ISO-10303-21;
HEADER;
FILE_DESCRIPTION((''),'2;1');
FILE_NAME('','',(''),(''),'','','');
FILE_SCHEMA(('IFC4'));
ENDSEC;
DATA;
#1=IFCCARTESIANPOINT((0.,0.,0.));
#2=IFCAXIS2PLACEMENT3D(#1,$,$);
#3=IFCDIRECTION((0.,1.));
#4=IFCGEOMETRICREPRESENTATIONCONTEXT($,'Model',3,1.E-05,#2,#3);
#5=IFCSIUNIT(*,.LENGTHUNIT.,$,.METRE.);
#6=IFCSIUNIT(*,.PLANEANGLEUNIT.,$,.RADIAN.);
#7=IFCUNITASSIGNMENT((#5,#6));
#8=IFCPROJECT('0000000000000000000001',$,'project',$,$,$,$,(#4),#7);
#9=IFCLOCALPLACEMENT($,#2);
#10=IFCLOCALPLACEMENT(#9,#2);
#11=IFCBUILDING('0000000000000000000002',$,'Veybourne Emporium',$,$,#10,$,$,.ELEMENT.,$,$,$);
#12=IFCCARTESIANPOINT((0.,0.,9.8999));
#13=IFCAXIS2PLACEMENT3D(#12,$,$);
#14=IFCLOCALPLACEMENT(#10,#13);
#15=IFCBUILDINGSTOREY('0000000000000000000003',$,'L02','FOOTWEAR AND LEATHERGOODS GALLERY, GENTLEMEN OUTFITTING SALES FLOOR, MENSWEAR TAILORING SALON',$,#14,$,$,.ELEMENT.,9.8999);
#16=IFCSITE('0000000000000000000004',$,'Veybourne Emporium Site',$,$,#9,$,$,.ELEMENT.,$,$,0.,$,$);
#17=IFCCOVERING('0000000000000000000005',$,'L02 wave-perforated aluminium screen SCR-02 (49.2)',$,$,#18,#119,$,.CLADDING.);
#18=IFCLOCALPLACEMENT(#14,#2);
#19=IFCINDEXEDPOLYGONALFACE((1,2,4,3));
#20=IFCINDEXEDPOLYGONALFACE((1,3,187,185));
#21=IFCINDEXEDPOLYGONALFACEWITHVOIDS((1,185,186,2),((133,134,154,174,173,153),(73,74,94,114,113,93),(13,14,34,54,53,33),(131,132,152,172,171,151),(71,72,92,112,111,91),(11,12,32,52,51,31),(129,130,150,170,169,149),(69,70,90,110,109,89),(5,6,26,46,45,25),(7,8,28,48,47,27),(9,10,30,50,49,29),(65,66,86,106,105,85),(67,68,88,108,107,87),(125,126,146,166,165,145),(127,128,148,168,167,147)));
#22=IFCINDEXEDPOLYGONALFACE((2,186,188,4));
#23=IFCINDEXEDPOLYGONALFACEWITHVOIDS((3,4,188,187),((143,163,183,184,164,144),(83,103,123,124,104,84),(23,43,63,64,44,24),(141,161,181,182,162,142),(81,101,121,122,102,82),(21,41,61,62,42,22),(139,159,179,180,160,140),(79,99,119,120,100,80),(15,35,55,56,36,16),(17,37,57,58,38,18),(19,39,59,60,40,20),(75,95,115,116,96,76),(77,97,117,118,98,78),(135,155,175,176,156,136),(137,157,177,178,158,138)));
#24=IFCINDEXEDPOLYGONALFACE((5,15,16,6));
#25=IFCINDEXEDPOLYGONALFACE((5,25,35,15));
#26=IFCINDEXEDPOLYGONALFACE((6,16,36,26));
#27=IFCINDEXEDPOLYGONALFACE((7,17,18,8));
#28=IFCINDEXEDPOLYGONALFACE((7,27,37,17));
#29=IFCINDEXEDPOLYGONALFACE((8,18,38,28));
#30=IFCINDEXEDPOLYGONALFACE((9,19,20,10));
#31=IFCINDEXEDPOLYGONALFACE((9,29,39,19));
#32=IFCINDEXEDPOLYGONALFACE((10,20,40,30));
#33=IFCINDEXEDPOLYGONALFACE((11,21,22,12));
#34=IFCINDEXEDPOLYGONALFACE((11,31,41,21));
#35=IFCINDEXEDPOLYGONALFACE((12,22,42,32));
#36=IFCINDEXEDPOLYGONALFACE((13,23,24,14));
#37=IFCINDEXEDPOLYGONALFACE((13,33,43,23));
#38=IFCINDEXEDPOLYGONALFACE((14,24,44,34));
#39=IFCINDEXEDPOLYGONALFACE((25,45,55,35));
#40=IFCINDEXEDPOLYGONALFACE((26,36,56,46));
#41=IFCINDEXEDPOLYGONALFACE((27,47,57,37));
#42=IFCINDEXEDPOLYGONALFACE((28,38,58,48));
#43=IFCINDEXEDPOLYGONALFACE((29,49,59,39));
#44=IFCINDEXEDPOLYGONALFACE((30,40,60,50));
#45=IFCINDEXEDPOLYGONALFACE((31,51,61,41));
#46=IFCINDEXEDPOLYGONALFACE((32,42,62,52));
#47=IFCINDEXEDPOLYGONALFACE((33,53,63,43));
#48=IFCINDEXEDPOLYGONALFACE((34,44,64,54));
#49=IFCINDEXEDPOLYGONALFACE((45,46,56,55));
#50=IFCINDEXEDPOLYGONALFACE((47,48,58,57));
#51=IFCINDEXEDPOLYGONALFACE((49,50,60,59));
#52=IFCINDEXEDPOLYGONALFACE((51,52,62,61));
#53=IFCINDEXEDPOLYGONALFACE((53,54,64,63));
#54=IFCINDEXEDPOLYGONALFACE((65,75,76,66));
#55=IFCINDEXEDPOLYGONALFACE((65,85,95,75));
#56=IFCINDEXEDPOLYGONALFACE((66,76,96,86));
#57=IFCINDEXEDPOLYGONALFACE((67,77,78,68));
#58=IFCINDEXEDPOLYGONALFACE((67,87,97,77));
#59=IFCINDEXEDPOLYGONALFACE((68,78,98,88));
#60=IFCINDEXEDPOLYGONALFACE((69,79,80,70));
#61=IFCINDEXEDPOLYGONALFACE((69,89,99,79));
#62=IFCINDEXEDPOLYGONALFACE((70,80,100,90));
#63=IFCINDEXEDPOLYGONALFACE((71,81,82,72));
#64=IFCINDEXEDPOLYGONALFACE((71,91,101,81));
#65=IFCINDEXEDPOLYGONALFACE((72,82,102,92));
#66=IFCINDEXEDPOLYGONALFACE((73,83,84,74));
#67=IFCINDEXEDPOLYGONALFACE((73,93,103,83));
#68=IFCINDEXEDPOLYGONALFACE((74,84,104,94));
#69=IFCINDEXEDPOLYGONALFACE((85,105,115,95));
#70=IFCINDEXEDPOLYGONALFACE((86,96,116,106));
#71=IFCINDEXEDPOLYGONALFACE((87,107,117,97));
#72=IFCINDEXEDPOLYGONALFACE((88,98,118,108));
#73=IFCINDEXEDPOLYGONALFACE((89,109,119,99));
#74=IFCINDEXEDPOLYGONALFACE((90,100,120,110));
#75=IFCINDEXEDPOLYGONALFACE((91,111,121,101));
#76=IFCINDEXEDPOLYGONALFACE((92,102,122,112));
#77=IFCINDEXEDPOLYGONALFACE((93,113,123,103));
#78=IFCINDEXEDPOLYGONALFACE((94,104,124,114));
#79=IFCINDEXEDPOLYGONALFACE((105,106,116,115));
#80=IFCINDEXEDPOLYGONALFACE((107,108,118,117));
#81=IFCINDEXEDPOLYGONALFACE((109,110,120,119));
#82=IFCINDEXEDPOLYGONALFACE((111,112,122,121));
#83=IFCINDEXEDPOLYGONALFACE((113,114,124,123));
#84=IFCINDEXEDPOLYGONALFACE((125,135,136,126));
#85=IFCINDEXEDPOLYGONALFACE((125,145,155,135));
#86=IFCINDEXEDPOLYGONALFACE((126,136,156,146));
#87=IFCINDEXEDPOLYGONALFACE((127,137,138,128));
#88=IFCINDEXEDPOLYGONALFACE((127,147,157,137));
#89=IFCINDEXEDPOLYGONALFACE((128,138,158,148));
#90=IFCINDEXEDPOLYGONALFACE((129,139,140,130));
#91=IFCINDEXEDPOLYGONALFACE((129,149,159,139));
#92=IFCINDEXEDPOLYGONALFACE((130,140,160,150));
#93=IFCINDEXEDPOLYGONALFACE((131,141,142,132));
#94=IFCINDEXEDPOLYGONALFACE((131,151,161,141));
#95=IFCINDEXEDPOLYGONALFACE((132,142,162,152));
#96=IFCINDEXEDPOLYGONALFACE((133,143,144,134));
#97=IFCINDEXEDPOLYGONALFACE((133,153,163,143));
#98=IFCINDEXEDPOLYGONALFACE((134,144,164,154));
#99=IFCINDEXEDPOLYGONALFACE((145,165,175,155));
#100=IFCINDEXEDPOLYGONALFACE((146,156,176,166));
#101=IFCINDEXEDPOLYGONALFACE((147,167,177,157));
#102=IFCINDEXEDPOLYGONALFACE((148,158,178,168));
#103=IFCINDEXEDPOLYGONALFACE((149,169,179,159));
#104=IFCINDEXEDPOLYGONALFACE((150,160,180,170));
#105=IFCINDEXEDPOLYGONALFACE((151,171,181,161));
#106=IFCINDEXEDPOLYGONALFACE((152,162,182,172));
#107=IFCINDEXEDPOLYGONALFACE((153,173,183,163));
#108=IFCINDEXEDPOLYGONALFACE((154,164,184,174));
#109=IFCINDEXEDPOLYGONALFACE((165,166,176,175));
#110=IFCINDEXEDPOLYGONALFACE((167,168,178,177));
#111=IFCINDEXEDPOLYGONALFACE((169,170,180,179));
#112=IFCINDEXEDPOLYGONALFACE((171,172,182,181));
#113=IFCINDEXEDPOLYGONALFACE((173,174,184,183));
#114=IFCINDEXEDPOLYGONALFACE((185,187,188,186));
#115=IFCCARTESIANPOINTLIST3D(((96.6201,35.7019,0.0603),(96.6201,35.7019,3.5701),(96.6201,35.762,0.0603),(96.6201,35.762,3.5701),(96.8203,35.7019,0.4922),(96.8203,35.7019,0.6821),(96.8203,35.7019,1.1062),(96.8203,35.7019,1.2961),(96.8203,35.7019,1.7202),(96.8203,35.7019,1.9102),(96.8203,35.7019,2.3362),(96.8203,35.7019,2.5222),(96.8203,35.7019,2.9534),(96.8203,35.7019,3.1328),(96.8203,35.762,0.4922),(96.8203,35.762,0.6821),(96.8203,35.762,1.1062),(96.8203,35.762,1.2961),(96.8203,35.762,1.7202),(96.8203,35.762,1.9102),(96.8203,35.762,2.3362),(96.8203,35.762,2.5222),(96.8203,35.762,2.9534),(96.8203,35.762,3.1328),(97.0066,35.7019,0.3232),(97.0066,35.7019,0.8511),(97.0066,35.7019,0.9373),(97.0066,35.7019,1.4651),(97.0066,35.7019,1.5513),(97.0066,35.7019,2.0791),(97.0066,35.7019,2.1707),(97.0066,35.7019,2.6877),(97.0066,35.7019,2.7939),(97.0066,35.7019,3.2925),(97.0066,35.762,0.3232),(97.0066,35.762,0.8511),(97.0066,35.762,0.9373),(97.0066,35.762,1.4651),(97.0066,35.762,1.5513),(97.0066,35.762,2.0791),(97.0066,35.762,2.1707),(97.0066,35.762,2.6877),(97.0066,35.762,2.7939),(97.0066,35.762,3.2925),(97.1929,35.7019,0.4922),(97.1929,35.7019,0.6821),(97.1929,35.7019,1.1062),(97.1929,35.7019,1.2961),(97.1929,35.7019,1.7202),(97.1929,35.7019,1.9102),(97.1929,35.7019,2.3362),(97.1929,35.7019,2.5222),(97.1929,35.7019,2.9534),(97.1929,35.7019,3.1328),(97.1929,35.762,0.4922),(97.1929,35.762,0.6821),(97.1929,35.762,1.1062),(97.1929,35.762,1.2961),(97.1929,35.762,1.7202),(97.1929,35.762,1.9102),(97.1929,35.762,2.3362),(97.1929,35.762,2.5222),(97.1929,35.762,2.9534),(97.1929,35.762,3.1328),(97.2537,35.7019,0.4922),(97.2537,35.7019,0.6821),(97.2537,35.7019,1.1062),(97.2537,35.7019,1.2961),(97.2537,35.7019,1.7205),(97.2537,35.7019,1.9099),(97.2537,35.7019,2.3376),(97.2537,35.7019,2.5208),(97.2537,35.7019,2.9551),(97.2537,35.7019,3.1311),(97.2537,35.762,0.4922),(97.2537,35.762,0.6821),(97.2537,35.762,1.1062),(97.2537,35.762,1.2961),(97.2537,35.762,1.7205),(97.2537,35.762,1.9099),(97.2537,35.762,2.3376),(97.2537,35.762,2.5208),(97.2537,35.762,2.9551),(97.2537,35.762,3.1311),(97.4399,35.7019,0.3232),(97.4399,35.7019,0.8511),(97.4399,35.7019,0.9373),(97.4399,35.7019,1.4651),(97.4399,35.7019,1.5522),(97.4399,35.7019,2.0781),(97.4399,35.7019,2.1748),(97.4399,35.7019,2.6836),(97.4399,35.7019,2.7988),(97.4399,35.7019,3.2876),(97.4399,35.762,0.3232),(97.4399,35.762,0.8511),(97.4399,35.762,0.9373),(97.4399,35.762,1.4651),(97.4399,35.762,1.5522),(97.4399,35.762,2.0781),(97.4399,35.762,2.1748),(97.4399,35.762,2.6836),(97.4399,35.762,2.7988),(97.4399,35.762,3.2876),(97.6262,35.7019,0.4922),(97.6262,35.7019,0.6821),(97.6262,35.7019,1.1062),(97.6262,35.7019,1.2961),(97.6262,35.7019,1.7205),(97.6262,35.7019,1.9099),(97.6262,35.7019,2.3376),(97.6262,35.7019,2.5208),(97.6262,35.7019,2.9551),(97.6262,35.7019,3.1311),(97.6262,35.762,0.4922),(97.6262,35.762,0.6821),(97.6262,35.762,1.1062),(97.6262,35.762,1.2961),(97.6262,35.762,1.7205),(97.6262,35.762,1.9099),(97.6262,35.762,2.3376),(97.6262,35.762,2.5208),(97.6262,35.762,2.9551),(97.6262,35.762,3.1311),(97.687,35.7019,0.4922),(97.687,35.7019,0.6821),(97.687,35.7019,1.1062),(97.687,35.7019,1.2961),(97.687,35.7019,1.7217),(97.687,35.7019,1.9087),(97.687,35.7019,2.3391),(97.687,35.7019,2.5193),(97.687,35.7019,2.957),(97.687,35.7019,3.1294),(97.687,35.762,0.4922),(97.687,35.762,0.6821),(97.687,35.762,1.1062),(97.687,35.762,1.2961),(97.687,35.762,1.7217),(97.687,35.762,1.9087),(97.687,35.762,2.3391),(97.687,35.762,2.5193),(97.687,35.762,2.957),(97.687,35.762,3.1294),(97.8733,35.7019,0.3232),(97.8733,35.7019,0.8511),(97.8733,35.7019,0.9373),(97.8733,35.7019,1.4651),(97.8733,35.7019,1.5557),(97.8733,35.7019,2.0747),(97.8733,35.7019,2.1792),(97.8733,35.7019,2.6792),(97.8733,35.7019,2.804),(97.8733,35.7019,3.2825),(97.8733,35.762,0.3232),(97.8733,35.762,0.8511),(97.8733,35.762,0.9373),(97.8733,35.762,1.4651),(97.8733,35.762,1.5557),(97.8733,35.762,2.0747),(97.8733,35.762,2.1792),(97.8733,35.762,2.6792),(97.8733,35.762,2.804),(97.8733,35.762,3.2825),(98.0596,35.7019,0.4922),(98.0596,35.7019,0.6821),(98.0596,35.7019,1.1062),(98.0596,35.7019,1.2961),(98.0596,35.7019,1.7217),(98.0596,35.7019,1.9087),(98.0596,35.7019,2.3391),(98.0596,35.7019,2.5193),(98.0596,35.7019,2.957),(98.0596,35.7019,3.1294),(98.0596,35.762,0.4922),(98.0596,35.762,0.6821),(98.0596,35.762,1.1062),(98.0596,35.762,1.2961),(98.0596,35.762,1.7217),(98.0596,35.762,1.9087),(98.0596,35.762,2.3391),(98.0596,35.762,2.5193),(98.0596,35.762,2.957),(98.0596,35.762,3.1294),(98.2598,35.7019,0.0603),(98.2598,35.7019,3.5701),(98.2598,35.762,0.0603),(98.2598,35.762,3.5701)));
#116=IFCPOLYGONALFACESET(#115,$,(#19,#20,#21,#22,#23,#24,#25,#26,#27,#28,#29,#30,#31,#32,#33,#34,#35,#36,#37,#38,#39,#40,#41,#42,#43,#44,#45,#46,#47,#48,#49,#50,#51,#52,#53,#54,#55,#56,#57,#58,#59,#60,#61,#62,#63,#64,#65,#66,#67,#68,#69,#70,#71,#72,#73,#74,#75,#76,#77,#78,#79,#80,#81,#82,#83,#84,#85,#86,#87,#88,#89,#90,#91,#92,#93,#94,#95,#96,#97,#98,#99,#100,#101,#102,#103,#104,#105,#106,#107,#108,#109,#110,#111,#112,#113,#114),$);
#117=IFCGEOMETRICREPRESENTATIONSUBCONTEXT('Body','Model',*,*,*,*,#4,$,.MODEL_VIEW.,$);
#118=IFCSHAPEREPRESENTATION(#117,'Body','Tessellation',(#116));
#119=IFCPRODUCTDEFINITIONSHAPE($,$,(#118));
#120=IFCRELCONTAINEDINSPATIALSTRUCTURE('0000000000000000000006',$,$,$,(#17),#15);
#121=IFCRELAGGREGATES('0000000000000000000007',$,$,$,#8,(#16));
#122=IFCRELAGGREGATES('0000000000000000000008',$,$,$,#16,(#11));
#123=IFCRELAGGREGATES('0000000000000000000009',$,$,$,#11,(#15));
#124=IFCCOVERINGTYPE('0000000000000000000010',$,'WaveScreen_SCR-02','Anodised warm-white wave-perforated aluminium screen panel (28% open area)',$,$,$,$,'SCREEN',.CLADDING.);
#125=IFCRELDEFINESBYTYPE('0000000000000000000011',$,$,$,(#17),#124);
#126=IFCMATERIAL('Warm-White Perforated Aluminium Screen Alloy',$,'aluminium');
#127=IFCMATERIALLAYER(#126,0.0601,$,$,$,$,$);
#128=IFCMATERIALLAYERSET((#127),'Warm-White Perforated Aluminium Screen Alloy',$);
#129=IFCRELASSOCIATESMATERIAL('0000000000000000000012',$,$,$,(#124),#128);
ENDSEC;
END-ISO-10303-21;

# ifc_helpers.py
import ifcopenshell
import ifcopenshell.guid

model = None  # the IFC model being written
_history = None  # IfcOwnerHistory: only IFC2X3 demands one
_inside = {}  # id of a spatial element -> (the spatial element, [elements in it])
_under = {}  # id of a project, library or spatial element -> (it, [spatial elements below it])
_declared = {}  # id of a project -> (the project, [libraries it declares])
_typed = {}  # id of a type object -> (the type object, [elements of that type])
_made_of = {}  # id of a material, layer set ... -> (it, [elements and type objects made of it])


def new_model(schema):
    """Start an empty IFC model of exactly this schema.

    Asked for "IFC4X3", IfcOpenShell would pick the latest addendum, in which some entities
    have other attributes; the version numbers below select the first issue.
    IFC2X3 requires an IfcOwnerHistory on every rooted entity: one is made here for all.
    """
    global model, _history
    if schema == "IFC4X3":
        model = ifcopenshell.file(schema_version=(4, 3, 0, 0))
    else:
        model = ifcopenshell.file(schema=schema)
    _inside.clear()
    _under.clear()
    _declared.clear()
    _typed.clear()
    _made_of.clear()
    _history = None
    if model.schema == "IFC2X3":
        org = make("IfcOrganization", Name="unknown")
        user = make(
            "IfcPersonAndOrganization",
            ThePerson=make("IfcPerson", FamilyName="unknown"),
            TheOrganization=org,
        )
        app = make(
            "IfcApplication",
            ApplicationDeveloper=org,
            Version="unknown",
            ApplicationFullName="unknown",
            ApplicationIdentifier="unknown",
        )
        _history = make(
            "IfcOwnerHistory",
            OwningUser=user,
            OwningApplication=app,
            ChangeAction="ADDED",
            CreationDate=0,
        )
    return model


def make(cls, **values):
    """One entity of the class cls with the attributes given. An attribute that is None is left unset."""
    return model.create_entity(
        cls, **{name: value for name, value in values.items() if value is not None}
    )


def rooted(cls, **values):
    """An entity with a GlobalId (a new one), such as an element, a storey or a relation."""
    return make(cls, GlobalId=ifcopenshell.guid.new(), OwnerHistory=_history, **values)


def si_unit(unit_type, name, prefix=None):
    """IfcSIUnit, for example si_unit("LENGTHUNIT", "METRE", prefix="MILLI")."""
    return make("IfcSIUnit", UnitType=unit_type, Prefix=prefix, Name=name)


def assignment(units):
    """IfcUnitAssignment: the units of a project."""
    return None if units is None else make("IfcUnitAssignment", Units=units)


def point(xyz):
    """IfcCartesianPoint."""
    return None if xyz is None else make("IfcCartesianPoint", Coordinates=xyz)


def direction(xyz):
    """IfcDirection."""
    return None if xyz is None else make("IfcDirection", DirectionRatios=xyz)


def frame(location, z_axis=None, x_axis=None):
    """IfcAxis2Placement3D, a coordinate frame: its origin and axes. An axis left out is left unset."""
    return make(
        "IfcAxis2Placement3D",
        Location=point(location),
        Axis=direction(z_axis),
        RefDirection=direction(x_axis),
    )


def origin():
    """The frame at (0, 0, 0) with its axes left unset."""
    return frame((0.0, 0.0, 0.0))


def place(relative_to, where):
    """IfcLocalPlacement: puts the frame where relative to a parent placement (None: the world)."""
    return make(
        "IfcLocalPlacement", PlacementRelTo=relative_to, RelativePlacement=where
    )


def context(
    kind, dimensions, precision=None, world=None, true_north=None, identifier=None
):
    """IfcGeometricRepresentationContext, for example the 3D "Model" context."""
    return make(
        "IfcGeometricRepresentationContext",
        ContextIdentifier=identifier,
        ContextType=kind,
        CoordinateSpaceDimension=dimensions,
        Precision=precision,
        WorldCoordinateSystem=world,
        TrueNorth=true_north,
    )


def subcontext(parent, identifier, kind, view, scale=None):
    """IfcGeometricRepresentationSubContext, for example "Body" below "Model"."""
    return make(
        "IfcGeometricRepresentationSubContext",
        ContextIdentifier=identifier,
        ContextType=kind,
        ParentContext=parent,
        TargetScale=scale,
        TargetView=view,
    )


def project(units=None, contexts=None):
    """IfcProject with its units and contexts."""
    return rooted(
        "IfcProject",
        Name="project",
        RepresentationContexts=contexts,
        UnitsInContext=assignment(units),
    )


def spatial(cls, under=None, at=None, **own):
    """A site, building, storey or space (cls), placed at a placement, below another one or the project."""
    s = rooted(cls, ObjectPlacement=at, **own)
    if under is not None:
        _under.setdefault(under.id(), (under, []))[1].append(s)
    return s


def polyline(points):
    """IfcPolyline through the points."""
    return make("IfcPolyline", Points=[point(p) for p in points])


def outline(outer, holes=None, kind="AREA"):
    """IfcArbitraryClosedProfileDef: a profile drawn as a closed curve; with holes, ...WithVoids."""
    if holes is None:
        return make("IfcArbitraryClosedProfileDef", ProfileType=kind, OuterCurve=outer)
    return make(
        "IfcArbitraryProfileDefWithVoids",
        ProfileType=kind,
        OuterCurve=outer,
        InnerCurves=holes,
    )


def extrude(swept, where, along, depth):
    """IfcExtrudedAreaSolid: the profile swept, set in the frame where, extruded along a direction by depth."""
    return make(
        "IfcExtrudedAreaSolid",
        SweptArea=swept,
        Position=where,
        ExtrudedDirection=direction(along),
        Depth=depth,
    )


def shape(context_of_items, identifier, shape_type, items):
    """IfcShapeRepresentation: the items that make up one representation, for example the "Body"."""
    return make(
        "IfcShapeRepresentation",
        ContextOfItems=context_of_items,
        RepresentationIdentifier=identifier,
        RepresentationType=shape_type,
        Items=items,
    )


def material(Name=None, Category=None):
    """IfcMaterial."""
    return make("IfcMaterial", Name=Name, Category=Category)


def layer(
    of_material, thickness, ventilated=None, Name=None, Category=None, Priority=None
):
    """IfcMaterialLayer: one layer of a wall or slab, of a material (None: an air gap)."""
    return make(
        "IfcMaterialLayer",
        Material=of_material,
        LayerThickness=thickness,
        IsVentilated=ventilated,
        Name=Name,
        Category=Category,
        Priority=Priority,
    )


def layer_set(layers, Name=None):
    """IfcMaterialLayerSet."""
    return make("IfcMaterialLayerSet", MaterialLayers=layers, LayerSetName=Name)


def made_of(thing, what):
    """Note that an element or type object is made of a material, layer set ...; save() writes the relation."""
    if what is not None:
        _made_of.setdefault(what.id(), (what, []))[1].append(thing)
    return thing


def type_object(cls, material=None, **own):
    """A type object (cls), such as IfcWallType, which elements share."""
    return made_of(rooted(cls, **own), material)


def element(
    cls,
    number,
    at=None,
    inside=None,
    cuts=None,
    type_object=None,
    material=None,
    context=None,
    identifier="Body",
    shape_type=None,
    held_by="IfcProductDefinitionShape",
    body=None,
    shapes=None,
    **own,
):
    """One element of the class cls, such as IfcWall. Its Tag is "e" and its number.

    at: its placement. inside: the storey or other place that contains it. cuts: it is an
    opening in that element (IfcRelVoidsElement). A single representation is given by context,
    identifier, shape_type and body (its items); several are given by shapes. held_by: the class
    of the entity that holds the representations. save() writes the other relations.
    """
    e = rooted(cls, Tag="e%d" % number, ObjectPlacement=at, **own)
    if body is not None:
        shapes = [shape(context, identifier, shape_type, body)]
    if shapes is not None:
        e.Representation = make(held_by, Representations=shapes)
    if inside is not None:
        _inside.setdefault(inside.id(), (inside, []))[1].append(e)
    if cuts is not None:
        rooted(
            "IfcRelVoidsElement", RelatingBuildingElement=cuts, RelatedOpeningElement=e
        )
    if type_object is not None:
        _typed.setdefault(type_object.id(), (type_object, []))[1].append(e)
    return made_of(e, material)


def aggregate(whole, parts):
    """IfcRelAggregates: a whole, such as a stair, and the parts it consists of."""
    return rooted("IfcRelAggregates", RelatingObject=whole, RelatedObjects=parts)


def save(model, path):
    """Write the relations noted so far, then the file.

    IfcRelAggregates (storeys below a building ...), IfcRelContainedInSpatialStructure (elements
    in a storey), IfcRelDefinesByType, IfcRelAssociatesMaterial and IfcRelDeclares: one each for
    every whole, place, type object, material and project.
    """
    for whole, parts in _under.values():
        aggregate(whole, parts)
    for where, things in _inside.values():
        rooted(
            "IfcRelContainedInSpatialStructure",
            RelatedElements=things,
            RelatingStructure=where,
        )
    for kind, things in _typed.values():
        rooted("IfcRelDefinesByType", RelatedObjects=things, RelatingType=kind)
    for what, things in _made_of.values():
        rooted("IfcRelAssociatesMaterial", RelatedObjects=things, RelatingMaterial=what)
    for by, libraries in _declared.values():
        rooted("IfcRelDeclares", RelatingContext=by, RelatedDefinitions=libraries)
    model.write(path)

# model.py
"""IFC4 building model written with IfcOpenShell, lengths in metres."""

from ifc_helpers import new_model, si_unit, direction, frame, origin, place, context, subcontext, project, spatial, polyline, outline, extrude, material, layer, layer_set, type_object, element, save


model = new_model("IFC4")

# Units and contexts
model_context = context("Model", 3, precision=1e-05, world=origin(), true_north=direction((0.0, 1.0)))
body_context = subcontext(model_context, "Body", "Model", "MODEL_VIEW")
ifc_project = project(units=[si_unit("LENGTHUNIT", "METRE"), si_unit("PLANEANGLEUNIT", "RADIAN")], contexts=[model_context])

# Site, building, storey
site_placement = place(None, origin())
site = spatial("IfcSite", under=ifc_project, at=site_placement, Name="Veybourne Emporium Site", CompositionType="ELEMENT", RefElevation=0.0)
building_placement = place(site_placement, origin())
building = spatial("IfcBuilding", under=site, at=building_placement, Name="Veybourne Emporium", CompositionType="ELEMENT")
storey_placement = place(building_placement, frame((0.0, 0.0, 9.8999)))
storey = spatial("IfcBuildingStorey", under=building, at=storey_placement, Name="L02", Description="FOOTWEAR AND LEATHERGOODS GALLERY, GENTLEMEN OUTFITTING SALES FLOOR, MENSWEAR TAILORING SALON", CompositionType="ELEMENT", Elevation=9.8999)

# Covering
ifc_material_1 = material(Name="Warm-White Perforated Aluminium Screen Alloy", Category="aluminium")
ifc_layer_1 = layer(ifc_material_1, 0.0601)
ifc_layer_set_1 = layer_set([ifc_layer_1], Name="Warm-White Perforated Aluminium Screen Alloy")
covering_type_1 = type_object("IfcCoveringType", Name="WaveScreen_SCR-02", Description="Anodised warm-white wave-perforated aluminium screen panel (28% open area)", ElementType="SCREEN", PredefinedType="CLADDING", material=ifc_layer_set_1)
covering_1_placement = place(storey_placement, frame((97.4399, 35.7019, 1.8152), z_axis=(0.0, 1.0, 0.0), x_axis=(-1.0, 0.0, 0.0)))
element("IfcCovering", 1, at=covering_1_placement, inside=storey, type_object=covering_type_1, Name="L02 wave-perforated aluminium screen SCR-02 (49.2)", PredefinedType="CLADDING", context=body_context, shape_type="SweptSolid", body=[
    extrude(outline(polyline([(-0.8198, -1.7549), (0.8198, -1.7549), (0.8198, 1.7549), (-0.8198, 1.7549), (-0.8198, -1.7549)]), holes=[polyline([(-0.4333, -0.9641), (-0.2471, -1.1331), (-0.2471, -1.323), (-0.4333, -1.4919), (-0.6196, -1.323), (-0.6196, -1.1331), (-0.4333, -0.9641)]), polyline([(-0.4333, -0.3501), (-0.2471, -0.519), (-0.2471, -0.709), (-0.4333, -0.8779), (-0.6196, -0.709), (-0.6196, -0.519), (-0.4333, -0.3501)]), polyline([(-0.4333, 0.2595), (-0.2471, 0.0935), (-0.2471, -0.0935), (-0.4333, -0.2595), (-0.6196, -0.0935), (-0.6196, 0.0935), (-0.4333, 0.2595)]), polyline([(-0.4333, 0.864), (-0.2471, 0.7041), (-0.2471, 0.5239), (-0.4333, 0.364), (-0.6196, 0.5239), (-0.6196, 0.7041), (-0.4333, 0.864)]), polyline([(-0.4333, 1.4673), (-0.2471, 1.3142), (-0.2471, 1.1418), (-0.4333, 0.9888), (-0.6196, 1.1418), (-0.6196, 1.3142), (-0.4333, 1.4673)]), polyline([(0.0, -0.9641), (0.1863, -1.1331), (0.1863, -1.323), (0.0, -1.4919), (-0.1863, -1.323), (-0.1863, -1.1331), (0.0, -0.9641)]), polyline([(0.0, -0.3501), (0.1863, -0.519), (0.1863, -0.709), (0.0, -0.8779), (-0.1863, -0.709), (-0.1863, -0.519), (0.0, -0.3501)]), polyline([(0.0, 0.2629), (0.1863, 0.0947), (0.1863, -0.0947), (0.0, -0.2629), (-0.1863, -0.0947), (-0.1863, 0.0947), (0.0, 0.2629)]), polyline([(0.0, 0.8684), (0.1863, 0.7056), (0.1863, 0.5225), (0.0, 0.3596), (-0.1863, 0.5225), (-0.1863, 0.7056), (0.0, 0.8684)]), polyline([(0.0, 1.4724), (0.1863, 1.3159), (0.1863, 1.1399), (0.0, 0.9836), (-0.1863, 1.1399), (-0.1863, 1.3159), (0.0, 1.4724)]), polyline([(0.4333, -0.9641), (0.6196, -1.1331), (0.6196, -1.323), (0.4333, -1.4919), (0.2471, -1.323), (0.2471, -1.1331), (0.4333, -0.9641)]), polyline([(0.4333, -0.3501), (0.6196, -0.519), (0.6196, -0.709), (0.4333, -0.8779), (0.2471, -0.709), (0.2471, -0.519), (0.4333, -0.3501)]), polyline([(0.4333, 0.2639), (0.6196, 0.095), (0.6196, -0.095), (0.4333, -0.2639), (0.2471, -0.095), (0.2471, 0.095), (0.4333, 0.2639)]), polyline([(0.4333, 0.8726), (0.6196, 0.707), (0.6196, 0.521), (0.4333, 0.3555), (0.2471, 0.521), (0.2471, 0.707), (0.4333, 0.8726)]), polyline([(0.4333, 1.4773), (0.6196, 1.3176), (0.6196, 1.1382), (0.4333, 0.9788), (0.2471, 1.1382), (0.2471, 1.3176), (0.4333, 1.4773)])]), origin(), (0.0, 0.0, 1.0), 0.0601),
])

save(model, "model.ifc")
